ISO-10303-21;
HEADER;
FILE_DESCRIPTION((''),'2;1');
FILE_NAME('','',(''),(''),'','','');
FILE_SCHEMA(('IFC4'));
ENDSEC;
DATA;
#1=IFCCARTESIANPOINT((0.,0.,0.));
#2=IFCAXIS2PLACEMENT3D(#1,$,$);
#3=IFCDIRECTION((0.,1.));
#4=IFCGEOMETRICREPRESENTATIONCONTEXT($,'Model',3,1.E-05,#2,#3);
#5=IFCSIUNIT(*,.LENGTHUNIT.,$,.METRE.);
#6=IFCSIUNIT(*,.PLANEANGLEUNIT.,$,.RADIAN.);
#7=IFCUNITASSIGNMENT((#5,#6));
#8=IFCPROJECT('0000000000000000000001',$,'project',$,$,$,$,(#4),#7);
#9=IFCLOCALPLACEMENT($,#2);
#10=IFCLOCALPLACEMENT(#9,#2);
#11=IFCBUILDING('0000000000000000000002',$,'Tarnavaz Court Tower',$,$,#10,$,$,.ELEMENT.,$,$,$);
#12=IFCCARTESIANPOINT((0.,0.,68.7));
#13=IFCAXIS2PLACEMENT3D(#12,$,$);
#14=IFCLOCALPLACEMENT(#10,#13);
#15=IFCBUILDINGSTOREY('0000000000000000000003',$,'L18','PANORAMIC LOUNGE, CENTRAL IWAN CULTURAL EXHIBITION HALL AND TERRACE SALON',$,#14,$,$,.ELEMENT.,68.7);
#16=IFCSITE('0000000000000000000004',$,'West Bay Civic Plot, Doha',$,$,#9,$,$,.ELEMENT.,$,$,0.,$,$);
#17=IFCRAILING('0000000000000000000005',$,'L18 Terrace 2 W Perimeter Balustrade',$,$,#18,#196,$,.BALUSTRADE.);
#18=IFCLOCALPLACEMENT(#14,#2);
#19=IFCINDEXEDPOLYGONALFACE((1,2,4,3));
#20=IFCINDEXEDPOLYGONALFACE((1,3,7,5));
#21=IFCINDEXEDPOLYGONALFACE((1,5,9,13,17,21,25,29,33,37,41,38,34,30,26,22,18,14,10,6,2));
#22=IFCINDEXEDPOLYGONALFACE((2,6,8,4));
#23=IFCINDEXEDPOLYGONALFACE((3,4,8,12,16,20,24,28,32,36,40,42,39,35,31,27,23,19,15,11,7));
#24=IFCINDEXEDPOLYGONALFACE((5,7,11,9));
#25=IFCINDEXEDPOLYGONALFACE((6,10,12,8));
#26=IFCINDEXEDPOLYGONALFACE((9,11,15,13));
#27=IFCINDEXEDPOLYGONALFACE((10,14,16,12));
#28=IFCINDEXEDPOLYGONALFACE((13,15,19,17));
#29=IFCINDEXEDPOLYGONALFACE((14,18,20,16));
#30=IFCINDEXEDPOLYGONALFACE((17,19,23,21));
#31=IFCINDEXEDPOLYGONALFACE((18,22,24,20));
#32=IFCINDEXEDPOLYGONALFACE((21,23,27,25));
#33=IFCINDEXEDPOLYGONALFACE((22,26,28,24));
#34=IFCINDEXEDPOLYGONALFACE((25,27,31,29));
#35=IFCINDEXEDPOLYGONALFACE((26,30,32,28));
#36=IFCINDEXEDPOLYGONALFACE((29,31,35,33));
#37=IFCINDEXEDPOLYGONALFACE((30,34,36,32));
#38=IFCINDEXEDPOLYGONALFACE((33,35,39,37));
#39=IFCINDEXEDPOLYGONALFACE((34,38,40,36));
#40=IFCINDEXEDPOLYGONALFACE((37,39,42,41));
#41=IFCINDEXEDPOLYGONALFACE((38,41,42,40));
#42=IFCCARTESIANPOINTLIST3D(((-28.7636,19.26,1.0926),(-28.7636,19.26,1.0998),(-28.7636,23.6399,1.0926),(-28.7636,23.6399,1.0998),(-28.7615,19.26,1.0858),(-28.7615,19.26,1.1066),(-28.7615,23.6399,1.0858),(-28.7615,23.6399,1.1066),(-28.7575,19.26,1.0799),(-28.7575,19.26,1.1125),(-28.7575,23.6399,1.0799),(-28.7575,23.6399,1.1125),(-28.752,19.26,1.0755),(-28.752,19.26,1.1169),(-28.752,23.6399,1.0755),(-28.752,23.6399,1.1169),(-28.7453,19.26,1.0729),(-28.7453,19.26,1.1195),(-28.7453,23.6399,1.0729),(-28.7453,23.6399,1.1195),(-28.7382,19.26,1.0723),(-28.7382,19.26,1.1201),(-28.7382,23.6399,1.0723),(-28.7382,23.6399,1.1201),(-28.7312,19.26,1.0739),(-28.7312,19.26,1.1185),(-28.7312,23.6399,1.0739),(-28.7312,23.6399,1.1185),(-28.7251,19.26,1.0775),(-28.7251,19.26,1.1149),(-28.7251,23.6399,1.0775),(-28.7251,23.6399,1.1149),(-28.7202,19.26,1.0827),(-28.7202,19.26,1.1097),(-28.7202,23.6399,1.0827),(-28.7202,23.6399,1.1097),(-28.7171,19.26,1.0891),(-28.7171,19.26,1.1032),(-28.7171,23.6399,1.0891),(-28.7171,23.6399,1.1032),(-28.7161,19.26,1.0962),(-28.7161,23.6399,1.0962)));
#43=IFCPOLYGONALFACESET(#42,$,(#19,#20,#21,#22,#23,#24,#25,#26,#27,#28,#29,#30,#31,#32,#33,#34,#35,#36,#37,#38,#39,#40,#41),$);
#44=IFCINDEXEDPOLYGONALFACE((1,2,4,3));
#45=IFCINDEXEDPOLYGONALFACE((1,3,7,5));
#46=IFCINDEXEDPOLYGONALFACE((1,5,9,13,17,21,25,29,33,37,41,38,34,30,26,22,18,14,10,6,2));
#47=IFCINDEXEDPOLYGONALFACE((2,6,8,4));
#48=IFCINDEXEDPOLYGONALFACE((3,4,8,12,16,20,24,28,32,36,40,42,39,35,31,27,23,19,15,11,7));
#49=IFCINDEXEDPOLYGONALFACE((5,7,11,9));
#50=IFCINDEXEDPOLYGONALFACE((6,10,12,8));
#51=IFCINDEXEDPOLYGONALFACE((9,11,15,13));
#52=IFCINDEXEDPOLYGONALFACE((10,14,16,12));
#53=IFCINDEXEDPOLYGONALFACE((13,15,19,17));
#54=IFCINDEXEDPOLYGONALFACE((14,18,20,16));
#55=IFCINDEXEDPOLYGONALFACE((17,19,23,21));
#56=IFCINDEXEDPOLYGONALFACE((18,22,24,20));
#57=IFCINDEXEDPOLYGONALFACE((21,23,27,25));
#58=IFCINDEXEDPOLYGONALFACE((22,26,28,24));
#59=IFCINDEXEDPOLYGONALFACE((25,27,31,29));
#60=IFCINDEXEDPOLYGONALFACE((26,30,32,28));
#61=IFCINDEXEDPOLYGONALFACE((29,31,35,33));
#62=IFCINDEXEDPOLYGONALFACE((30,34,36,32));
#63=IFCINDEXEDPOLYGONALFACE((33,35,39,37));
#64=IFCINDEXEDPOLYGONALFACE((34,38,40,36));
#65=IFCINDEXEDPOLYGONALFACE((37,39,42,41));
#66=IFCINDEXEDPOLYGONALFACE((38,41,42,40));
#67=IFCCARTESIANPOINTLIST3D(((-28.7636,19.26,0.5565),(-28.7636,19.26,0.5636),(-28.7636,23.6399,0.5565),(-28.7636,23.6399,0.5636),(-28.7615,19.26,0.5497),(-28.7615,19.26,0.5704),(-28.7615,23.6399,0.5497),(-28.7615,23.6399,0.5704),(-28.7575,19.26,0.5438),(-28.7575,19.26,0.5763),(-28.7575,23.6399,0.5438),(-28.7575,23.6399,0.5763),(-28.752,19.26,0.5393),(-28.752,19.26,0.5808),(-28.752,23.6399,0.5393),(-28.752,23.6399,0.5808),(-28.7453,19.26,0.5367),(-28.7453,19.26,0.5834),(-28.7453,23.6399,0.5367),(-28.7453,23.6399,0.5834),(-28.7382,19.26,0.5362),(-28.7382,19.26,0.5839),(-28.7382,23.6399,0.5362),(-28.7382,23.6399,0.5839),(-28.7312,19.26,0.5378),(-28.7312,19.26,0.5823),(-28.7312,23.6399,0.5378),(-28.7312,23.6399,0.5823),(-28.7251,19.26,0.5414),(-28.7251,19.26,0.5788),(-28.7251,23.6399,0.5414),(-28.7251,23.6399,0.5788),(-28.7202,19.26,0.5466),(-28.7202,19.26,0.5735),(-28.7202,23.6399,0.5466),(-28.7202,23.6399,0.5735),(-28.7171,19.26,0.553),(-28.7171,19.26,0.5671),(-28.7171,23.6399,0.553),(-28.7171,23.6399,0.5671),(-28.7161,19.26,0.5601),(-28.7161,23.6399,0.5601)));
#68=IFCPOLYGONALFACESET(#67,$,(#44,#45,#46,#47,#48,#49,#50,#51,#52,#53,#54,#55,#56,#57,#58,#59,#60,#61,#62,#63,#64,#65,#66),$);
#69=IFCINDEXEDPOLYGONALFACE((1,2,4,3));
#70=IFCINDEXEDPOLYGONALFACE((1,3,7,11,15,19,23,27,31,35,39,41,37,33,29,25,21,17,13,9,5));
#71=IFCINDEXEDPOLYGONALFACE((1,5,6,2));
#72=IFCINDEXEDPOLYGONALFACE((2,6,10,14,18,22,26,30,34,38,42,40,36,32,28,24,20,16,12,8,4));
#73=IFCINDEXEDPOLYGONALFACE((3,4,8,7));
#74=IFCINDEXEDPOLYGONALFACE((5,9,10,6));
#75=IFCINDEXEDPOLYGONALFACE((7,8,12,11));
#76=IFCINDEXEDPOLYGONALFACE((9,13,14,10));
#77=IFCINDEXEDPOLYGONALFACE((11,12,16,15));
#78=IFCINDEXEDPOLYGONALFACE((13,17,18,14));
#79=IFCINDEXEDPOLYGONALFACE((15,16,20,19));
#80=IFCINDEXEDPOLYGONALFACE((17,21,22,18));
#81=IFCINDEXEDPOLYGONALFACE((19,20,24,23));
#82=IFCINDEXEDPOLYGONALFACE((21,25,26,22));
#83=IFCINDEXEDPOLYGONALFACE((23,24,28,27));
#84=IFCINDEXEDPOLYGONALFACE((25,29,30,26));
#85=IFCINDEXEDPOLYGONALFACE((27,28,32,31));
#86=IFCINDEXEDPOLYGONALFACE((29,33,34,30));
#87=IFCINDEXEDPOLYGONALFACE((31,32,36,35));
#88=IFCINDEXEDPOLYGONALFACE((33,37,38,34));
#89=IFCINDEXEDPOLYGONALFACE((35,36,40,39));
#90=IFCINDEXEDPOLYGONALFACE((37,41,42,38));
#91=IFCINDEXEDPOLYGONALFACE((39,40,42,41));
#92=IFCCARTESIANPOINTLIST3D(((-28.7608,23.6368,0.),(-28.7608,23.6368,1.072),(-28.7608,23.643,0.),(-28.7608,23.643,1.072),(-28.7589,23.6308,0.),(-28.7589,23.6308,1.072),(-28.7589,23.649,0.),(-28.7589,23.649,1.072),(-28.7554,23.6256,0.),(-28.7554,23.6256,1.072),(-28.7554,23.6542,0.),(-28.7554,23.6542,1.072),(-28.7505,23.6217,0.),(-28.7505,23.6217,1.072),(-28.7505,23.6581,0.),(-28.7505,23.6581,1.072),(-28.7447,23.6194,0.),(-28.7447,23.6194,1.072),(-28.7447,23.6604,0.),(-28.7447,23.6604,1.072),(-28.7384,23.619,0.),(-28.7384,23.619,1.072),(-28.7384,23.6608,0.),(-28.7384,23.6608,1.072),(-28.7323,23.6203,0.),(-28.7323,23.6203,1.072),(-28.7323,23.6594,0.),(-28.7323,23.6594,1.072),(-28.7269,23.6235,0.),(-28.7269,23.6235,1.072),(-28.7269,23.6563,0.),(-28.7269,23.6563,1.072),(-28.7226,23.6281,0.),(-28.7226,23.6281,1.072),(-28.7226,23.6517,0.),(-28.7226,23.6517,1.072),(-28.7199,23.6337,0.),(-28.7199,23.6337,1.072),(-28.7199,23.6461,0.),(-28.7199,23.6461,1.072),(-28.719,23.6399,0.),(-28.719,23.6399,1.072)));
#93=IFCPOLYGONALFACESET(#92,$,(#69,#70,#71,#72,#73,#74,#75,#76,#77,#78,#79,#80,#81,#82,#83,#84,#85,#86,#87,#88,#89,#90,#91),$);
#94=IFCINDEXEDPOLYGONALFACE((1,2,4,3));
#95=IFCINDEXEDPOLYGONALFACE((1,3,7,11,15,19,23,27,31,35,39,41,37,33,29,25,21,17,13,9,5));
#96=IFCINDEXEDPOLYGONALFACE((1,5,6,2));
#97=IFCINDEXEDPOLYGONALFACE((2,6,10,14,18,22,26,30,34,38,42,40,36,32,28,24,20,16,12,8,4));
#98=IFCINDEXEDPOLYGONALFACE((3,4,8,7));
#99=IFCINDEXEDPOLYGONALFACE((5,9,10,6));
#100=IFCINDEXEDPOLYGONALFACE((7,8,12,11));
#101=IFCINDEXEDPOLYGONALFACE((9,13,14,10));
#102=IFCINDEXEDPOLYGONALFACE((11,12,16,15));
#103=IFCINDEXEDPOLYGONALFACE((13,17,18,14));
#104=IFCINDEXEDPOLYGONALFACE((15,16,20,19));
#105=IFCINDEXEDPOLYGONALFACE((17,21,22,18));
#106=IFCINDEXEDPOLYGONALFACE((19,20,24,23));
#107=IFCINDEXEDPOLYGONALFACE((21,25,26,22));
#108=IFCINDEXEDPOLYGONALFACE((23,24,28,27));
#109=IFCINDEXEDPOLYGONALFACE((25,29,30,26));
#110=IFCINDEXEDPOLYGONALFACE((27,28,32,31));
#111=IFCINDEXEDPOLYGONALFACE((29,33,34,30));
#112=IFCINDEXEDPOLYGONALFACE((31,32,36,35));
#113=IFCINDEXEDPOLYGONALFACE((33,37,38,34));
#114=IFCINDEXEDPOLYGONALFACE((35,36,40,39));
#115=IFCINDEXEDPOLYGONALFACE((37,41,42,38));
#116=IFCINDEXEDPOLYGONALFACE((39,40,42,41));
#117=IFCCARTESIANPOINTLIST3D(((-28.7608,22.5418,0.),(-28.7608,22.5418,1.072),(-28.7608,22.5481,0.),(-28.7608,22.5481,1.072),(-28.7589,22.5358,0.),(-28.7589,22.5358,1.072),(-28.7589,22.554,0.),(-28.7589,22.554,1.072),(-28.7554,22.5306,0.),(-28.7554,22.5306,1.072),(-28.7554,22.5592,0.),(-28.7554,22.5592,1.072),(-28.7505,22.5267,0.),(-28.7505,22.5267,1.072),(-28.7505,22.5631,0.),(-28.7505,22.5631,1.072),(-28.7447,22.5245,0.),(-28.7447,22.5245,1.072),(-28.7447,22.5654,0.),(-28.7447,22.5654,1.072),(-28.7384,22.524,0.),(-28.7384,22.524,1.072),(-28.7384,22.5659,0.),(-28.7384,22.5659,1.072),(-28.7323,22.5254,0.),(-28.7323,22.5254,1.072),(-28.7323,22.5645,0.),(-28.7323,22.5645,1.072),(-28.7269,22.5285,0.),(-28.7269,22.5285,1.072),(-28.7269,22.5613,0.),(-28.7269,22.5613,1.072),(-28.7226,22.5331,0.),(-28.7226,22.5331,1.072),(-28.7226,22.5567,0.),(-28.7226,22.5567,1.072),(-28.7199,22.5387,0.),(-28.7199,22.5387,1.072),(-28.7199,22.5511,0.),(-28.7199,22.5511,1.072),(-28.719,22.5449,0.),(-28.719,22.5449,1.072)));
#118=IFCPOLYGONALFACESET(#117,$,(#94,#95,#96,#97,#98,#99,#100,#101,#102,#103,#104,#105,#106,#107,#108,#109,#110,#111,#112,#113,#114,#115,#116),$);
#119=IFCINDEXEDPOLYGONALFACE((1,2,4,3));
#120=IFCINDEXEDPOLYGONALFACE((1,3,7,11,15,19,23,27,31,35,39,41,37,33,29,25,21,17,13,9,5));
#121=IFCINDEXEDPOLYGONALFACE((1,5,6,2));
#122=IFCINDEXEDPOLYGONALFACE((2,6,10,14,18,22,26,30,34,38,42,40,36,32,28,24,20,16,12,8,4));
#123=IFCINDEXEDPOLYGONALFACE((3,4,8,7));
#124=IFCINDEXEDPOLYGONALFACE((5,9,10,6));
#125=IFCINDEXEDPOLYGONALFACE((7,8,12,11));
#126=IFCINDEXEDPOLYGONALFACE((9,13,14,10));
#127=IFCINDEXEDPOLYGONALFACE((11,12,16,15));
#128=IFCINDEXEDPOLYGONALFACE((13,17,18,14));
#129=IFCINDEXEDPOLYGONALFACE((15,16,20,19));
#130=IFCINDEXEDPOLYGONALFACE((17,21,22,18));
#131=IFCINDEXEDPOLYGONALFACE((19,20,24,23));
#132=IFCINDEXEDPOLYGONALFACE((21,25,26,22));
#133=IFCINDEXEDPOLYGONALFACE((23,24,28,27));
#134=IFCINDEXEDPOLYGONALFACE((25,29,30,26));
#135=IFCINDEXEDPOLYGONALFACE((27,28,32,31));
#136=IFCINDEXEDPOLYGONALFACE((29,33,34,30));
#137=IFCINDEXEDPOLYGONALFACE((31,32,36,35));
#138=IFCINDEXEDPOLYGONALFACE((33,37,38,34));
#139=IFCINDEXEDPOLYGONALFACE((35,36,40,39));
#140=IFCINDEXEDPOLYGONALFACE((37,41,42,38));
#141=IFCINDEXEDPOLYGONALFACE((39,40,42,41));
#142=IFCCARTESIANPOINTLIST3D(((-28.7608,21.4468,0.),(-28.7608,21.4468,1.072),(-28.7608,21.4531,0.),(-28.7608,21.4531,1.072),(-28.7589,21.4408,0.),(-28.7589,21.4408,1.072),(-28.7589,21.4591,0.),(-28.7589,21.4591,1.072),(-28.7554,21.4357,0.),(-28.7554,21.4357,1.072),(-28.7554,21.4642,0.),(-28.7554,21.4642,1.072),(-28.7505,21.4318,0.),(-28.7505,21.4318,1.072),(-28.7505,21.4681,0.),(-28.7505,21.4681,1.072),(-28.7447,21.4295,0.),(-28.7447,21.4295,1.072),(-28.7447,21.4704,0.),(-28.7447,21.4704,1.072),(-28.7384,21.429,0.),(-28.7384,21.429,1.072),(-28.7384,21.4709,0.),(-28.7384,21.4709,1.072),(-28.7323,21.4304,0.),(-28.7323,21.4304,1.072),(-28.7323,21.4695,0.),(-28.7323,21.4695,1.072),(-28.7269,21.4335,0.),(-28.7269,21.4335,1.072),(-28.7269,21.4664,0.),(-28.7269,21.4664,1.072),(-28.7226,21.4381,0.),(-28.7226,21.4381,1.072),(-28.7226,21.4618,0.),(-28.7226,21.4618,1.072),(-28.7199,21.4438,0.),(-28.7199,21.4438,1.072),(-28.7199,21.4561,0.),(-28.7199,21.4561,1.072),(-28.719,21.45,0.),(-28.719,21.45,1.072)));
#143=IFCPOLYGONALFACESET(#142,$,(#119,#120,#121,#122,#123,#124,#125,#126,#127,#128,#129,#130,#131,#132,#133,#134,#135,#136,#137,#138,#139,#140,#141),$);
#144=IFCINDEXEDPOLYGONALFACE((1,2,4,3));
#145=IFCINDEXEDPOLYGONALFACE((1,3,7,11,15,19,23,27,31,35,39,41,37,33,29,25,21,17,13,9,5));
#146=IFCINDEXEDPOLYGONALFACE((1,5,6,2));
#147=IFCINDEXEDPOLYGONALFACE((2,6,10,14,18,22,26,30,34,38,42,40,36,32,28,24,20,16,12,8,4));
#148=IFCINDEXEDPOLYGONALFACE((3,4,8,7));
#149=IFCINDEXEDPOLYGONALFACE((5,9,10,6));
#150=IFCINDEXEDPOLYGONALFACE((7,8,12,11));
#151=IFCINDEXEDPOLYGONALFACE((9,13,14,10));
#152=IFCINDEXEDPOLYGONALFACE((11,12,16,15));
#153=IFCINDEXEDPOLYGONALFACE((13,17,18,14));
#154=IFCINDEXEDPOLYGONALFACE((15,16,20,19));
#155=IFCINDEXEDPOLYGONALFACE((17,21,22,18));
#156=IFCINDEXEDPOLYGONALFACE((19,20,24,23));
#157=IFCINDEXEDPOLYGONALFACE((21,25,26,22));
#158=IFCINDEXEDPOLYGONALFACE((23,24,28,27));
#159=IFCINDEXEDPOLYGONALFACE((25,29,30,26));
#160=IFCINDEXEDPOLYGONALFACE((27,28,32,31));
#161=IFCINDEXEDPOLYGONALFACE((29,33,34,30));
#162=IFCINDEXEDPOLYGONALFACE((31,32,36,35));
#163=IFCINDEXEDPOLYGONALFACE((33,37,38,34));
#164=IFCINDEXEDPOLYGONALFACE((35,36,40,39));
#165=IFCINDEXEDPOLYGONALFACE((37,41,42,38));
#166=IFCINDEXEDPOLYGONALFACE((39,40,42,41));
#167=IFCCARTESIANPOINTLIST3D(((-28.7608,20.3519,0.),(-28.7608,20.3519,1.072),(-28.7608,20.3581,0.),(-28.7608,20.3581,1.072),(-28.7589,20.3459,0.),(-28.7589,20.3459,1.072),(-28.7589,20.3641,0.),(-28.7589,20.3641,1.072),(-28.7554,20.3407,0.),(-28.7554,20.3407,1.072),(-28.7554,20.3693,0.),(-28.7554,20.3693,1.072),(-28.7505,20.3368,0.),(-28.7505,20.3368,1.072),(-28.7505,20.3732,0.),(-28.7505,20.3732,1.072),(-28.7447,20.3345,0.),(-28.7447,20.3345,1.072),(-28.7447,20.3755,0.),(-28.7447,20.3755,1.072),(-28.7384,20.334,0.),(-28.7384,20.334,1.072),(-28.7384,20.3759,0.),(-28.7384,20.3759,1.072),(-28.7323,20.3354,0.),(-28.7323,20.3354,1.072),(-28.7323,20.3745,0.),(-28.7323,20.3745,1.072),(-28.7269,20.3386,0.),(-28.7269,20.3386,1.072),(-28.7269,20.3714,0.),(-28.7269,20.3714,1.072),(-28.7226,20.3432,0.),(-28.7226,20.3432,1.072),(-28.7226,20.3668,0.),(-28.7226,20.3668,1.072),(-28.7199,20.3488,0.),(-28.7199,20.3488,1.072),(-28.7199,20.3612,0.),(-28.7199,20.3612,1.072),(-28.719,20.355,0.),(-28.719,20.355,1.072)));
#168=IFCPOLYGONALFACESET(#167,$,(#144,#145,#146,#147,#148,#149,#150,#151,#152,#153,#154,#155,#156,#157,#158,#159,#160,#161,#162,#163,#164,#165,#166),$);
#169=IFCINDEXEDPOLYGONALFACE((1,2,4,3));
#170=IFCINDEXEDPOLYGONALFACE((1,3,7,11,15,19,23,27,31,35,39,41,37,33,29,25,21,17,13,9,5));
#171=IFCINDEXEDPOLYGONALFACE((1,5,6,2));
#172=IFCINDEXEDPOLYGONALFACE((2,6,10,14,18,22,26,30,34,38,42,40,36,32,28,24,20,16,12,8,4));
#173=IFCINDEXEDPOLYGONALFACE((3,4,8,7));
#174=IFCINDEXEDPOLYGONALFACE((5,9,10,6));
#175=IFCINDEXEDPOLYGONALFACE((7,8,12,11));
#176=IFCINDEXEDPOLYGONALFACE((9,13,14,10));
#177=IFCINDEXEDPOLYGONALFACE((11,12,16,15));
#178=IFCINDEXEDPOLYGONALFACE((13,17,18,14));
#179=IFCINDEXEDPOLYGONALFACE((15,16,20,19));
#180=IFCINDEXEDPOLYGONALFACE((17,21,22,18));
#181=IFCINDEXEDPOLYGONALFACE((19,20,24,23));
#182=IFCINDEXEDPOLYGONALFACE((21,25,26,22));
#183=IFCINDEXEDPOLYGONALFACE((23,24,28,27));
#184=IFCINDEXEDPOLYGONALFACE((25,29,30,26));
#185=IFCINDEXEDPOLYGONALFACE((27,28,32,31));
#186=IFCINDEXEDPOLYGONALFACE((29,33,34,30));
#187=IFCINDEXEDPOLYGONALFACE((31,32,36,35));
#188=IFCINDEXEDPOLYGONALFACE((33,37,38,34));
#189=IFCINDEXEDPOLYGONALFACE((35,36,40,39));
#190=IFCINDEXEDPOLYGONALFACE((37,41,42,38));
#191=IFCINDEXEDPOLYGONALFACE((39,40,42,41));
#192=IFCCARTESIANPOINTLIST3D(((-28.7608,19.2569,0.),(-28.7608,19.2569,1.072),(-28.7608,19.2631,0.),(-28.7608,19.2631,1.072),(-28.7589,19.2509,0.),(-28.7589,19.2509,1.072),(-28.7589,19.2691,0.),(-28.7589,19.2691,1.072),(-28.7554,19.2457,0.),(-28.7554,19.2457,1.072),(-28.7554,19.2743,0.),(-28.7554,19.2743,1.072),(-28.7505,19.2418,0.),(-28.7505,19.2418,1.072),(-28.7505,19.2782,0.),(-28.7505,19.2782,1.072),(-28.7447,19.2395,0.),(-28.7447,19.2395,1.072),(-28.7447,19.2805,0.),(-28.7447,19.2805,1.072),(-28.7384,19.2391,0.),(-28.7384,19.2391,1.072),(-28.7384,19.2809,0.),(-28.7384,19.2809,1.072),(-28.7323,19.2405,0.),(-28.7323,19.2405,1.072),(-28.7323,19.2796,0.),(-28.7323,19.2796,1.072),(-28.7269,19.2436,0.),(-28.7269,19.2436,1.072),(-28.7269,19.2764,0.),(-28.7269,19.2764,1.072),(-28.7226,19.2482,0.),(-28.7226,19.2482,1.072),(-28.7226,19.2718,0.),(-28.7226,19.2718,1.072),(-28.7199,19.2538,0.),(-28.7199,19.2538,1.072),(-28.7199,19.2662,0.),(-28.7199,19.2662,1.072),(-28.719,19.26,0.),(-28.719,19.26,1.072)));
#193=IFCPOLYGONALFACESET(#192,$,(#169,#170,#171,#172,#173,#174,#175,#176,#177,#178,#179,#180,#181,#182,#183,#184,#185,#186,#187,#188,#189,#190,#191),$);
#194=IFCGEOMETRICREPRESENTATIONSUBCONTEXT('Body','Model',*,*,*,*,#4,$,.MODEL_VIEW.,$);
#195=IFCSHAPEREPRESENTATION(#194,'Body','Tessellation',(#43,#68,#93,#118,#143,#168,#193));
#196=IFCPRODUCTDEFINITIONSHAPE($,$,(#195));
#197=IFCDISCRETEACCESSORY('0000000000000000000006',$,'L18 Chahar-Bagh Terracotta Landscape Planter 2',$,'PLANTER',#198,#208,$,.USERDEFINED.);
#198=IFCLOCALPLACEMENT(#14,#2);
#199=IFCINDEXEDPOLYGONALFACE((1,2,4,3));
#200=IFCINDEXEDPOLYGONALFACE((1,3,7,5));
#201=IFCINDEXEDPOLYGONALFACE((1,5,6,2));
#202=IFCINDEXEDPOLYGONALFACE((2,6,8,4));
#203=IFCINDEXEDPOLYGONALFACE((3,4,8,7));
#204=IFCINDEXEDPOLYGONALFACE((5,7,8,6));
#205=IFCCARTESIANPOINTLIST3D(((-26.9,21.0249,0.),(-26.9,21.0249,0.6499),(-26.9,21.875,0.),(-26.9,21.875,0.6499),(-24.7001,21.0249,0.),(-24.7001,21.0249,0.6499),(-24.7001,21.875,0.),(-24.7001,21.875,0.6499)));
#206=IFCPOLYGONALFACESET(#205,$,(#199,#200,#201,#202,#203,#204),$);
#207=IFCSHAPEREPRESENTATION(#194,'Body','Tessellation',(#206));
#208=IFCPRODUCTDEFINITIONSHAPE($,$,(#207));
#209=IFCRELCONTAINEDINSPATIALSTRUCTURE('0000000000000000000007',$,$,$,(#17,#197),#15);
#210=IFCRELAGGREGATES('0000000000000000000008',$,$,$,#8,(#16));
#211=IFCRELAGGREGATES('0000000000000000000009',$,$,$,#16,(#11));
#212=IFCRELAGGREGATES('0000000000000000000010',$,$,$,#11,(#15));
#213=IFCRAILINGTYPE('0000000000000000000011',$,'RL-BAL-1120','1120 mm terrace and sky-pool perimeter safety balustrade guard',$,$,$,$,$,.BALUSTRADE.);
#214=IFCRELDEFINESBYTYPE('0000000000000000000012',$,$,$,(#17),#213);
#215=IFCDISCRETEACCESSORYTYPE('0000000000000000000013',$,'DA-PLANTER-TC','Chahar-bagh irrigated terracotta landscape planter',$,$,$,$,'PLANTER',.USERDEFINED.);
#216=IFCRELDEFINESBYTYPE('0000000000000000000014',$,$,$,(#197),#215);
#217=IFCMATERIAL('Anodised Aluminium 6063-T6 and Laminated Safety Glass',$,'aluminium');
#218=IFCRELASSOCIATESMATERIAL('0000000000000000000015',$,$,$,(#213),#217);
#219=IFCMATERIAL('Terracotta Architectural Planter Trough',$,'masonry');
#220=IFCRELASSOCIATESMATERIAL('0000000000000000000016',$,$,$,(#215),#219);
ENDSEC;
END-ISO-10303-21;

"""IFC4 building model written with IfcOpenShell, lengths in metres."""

from ifc_helpers import new_model, si_unit, direction, frame, origin, origin_2d, place, context, subcontext, project, spatial, rectangle, circle, extrude, material, type_object, element, save


model = new_model("IFC4")

# Units and contexts
model_context = context("Model", 3, precision=1e-05, world=origin(), true_north=direction((0.0, 1.0)))
body_context = subcontext(model_context, "Body", "Model", "MODEL_VIEW")
ifc_project = project(units=[si_unit("LENGTHUNIT", "METRE"), si_unit("PLANEANGLEUNIT", "RADIAN")], contexts=[model_context])

# Site, building, storey
site_placement = place(None, origin())
site = spatial("IfcSite", under=ifc_project, at=site_placement, Name="West Bay Civic Plot, Doha", CompositionType="ELEMENT", RefElevation=0.0)
building_placement = place(site_placement, origin())
building = spatial("IfcBuilding", under=site, at=building_placement, Name="Tarnavaz Court Tower", CompositionType="ELEMENT")
storey_placement = place(building_placement, frame((0.0, 0.0, 68.7)))
storey = spatial("IfcBuildingStorey", under=building, at=storey_placement, Name="L18", Description="PANORAMIC LOUNGE, CENTRAL IWAN CULTURAL EXHIBITION HALL AND TERRACE SALON", CompositionType="ELEMENT", Elevation=68.7)

# Railing
ifc_material_1 = material(Name="Anodised Aluminium 6063-T6 and Laminated Safety Glass", Category="aluminium")
railing_type = type_object("IfcRailingType", Name="RL-BAL-1120", Description="1120 mm terrace and sky-pool perimeter safety balustrade guard", PredefinedType="BALUSTRADE", material=ifc_material_1)
railing_1_placement = place(storey_placement, frame((-28.74, 23.6399, 0.0)))
element("IfcRailing", 1, at=railing_1_placement, inside=storey, type_object=railing_type, Name="L18 Terrace 2 W Perimeter Balustrade", PredefinedType="BALUSTRADE", context=body_context, shape_type="SweptSolid", body=[
    extrude(circle(Radius=0.0239, at=origin_2d()), frame((0.0, 0.0, 1.0962), z_axis=(0.0, -1.0, 0.0), x_axis=(1.0, 0.0, 0.0)), (0.0, 0.0, 1.0), 4.3799),
    extrude(circle(Radius=0.0239, at=origin_2d()), frame((0.0, 0.0, 0.5601), z_axis=(0.0, -1.0, 0.0), x_axis=(1.0, 0.0, 0.0)), (0.0, 0.0, 1.0), 4.3799),
    extrude(circle(Radius=0.021, at=origin_2d()), origin(), (0.0, 0.0, 1.0), 1.072),
    extrude(circle(Radius=0.021, at=origin_2d()), frame((0.0, -1.095, 0.0)), (0.0, 0.0, 1.0), 1.072),
    extrude(circle(Radius=0.021, at=origin_2d()), frame((0.0, -2.1899, 0.0)), (0.0, 0.0, 1.0), 1.072),
    extrude(circle(Radius=0.021, at=origin_2d()), frame((0.0, -3.2849, 0.0)), (0.0, 0.0, 1.0), 1.072),
    extrude(circle(Radius=0.021, at=origin_2d()), frame((0.0, -4.3799, 0.0)), (0.0, 0.0, 1.0), 1.072),
])

# Discrete accessory
ifc_material_2 = material(Name="Terracotta Architectural Planter Trough", Category="masonry")
discrete_accessory_type = type_object("IfcDiscreteAccessoryType", Name="DA-PLANTER-TC", Description="Chahar-bagh irrigated terracotta landscape planter", ElementType="PLANTER", PredefinedType="USERDEFINED", material=ifc_material_2)
discrete_accessory_placement = place(storey_placement, frame((-25.8, 21.45, 0.0), z_axis=(0.0, 0.0, 1.0), x_axis=(1.0, 0.0, 0.0)))
element("IfcDiscreteAccessory", 2, at=discrete_accessory_placement, inside=storey, type_object=discrete_accessory_type, Name="L18 Chahar-Bagh Terracotta Landscape Planter 2", ObjectType="PLANTER", PredefinedType="USERDEFINED", context=body_context, shape_type="SweptSolid", body=[
    extrude(rectangle(XDim=2.2, YDim=0.8501, at=origin_2d()), origin(), (0.0, 0.0, 1.0), 0.6499),
])

save(model, "model.ifc")
